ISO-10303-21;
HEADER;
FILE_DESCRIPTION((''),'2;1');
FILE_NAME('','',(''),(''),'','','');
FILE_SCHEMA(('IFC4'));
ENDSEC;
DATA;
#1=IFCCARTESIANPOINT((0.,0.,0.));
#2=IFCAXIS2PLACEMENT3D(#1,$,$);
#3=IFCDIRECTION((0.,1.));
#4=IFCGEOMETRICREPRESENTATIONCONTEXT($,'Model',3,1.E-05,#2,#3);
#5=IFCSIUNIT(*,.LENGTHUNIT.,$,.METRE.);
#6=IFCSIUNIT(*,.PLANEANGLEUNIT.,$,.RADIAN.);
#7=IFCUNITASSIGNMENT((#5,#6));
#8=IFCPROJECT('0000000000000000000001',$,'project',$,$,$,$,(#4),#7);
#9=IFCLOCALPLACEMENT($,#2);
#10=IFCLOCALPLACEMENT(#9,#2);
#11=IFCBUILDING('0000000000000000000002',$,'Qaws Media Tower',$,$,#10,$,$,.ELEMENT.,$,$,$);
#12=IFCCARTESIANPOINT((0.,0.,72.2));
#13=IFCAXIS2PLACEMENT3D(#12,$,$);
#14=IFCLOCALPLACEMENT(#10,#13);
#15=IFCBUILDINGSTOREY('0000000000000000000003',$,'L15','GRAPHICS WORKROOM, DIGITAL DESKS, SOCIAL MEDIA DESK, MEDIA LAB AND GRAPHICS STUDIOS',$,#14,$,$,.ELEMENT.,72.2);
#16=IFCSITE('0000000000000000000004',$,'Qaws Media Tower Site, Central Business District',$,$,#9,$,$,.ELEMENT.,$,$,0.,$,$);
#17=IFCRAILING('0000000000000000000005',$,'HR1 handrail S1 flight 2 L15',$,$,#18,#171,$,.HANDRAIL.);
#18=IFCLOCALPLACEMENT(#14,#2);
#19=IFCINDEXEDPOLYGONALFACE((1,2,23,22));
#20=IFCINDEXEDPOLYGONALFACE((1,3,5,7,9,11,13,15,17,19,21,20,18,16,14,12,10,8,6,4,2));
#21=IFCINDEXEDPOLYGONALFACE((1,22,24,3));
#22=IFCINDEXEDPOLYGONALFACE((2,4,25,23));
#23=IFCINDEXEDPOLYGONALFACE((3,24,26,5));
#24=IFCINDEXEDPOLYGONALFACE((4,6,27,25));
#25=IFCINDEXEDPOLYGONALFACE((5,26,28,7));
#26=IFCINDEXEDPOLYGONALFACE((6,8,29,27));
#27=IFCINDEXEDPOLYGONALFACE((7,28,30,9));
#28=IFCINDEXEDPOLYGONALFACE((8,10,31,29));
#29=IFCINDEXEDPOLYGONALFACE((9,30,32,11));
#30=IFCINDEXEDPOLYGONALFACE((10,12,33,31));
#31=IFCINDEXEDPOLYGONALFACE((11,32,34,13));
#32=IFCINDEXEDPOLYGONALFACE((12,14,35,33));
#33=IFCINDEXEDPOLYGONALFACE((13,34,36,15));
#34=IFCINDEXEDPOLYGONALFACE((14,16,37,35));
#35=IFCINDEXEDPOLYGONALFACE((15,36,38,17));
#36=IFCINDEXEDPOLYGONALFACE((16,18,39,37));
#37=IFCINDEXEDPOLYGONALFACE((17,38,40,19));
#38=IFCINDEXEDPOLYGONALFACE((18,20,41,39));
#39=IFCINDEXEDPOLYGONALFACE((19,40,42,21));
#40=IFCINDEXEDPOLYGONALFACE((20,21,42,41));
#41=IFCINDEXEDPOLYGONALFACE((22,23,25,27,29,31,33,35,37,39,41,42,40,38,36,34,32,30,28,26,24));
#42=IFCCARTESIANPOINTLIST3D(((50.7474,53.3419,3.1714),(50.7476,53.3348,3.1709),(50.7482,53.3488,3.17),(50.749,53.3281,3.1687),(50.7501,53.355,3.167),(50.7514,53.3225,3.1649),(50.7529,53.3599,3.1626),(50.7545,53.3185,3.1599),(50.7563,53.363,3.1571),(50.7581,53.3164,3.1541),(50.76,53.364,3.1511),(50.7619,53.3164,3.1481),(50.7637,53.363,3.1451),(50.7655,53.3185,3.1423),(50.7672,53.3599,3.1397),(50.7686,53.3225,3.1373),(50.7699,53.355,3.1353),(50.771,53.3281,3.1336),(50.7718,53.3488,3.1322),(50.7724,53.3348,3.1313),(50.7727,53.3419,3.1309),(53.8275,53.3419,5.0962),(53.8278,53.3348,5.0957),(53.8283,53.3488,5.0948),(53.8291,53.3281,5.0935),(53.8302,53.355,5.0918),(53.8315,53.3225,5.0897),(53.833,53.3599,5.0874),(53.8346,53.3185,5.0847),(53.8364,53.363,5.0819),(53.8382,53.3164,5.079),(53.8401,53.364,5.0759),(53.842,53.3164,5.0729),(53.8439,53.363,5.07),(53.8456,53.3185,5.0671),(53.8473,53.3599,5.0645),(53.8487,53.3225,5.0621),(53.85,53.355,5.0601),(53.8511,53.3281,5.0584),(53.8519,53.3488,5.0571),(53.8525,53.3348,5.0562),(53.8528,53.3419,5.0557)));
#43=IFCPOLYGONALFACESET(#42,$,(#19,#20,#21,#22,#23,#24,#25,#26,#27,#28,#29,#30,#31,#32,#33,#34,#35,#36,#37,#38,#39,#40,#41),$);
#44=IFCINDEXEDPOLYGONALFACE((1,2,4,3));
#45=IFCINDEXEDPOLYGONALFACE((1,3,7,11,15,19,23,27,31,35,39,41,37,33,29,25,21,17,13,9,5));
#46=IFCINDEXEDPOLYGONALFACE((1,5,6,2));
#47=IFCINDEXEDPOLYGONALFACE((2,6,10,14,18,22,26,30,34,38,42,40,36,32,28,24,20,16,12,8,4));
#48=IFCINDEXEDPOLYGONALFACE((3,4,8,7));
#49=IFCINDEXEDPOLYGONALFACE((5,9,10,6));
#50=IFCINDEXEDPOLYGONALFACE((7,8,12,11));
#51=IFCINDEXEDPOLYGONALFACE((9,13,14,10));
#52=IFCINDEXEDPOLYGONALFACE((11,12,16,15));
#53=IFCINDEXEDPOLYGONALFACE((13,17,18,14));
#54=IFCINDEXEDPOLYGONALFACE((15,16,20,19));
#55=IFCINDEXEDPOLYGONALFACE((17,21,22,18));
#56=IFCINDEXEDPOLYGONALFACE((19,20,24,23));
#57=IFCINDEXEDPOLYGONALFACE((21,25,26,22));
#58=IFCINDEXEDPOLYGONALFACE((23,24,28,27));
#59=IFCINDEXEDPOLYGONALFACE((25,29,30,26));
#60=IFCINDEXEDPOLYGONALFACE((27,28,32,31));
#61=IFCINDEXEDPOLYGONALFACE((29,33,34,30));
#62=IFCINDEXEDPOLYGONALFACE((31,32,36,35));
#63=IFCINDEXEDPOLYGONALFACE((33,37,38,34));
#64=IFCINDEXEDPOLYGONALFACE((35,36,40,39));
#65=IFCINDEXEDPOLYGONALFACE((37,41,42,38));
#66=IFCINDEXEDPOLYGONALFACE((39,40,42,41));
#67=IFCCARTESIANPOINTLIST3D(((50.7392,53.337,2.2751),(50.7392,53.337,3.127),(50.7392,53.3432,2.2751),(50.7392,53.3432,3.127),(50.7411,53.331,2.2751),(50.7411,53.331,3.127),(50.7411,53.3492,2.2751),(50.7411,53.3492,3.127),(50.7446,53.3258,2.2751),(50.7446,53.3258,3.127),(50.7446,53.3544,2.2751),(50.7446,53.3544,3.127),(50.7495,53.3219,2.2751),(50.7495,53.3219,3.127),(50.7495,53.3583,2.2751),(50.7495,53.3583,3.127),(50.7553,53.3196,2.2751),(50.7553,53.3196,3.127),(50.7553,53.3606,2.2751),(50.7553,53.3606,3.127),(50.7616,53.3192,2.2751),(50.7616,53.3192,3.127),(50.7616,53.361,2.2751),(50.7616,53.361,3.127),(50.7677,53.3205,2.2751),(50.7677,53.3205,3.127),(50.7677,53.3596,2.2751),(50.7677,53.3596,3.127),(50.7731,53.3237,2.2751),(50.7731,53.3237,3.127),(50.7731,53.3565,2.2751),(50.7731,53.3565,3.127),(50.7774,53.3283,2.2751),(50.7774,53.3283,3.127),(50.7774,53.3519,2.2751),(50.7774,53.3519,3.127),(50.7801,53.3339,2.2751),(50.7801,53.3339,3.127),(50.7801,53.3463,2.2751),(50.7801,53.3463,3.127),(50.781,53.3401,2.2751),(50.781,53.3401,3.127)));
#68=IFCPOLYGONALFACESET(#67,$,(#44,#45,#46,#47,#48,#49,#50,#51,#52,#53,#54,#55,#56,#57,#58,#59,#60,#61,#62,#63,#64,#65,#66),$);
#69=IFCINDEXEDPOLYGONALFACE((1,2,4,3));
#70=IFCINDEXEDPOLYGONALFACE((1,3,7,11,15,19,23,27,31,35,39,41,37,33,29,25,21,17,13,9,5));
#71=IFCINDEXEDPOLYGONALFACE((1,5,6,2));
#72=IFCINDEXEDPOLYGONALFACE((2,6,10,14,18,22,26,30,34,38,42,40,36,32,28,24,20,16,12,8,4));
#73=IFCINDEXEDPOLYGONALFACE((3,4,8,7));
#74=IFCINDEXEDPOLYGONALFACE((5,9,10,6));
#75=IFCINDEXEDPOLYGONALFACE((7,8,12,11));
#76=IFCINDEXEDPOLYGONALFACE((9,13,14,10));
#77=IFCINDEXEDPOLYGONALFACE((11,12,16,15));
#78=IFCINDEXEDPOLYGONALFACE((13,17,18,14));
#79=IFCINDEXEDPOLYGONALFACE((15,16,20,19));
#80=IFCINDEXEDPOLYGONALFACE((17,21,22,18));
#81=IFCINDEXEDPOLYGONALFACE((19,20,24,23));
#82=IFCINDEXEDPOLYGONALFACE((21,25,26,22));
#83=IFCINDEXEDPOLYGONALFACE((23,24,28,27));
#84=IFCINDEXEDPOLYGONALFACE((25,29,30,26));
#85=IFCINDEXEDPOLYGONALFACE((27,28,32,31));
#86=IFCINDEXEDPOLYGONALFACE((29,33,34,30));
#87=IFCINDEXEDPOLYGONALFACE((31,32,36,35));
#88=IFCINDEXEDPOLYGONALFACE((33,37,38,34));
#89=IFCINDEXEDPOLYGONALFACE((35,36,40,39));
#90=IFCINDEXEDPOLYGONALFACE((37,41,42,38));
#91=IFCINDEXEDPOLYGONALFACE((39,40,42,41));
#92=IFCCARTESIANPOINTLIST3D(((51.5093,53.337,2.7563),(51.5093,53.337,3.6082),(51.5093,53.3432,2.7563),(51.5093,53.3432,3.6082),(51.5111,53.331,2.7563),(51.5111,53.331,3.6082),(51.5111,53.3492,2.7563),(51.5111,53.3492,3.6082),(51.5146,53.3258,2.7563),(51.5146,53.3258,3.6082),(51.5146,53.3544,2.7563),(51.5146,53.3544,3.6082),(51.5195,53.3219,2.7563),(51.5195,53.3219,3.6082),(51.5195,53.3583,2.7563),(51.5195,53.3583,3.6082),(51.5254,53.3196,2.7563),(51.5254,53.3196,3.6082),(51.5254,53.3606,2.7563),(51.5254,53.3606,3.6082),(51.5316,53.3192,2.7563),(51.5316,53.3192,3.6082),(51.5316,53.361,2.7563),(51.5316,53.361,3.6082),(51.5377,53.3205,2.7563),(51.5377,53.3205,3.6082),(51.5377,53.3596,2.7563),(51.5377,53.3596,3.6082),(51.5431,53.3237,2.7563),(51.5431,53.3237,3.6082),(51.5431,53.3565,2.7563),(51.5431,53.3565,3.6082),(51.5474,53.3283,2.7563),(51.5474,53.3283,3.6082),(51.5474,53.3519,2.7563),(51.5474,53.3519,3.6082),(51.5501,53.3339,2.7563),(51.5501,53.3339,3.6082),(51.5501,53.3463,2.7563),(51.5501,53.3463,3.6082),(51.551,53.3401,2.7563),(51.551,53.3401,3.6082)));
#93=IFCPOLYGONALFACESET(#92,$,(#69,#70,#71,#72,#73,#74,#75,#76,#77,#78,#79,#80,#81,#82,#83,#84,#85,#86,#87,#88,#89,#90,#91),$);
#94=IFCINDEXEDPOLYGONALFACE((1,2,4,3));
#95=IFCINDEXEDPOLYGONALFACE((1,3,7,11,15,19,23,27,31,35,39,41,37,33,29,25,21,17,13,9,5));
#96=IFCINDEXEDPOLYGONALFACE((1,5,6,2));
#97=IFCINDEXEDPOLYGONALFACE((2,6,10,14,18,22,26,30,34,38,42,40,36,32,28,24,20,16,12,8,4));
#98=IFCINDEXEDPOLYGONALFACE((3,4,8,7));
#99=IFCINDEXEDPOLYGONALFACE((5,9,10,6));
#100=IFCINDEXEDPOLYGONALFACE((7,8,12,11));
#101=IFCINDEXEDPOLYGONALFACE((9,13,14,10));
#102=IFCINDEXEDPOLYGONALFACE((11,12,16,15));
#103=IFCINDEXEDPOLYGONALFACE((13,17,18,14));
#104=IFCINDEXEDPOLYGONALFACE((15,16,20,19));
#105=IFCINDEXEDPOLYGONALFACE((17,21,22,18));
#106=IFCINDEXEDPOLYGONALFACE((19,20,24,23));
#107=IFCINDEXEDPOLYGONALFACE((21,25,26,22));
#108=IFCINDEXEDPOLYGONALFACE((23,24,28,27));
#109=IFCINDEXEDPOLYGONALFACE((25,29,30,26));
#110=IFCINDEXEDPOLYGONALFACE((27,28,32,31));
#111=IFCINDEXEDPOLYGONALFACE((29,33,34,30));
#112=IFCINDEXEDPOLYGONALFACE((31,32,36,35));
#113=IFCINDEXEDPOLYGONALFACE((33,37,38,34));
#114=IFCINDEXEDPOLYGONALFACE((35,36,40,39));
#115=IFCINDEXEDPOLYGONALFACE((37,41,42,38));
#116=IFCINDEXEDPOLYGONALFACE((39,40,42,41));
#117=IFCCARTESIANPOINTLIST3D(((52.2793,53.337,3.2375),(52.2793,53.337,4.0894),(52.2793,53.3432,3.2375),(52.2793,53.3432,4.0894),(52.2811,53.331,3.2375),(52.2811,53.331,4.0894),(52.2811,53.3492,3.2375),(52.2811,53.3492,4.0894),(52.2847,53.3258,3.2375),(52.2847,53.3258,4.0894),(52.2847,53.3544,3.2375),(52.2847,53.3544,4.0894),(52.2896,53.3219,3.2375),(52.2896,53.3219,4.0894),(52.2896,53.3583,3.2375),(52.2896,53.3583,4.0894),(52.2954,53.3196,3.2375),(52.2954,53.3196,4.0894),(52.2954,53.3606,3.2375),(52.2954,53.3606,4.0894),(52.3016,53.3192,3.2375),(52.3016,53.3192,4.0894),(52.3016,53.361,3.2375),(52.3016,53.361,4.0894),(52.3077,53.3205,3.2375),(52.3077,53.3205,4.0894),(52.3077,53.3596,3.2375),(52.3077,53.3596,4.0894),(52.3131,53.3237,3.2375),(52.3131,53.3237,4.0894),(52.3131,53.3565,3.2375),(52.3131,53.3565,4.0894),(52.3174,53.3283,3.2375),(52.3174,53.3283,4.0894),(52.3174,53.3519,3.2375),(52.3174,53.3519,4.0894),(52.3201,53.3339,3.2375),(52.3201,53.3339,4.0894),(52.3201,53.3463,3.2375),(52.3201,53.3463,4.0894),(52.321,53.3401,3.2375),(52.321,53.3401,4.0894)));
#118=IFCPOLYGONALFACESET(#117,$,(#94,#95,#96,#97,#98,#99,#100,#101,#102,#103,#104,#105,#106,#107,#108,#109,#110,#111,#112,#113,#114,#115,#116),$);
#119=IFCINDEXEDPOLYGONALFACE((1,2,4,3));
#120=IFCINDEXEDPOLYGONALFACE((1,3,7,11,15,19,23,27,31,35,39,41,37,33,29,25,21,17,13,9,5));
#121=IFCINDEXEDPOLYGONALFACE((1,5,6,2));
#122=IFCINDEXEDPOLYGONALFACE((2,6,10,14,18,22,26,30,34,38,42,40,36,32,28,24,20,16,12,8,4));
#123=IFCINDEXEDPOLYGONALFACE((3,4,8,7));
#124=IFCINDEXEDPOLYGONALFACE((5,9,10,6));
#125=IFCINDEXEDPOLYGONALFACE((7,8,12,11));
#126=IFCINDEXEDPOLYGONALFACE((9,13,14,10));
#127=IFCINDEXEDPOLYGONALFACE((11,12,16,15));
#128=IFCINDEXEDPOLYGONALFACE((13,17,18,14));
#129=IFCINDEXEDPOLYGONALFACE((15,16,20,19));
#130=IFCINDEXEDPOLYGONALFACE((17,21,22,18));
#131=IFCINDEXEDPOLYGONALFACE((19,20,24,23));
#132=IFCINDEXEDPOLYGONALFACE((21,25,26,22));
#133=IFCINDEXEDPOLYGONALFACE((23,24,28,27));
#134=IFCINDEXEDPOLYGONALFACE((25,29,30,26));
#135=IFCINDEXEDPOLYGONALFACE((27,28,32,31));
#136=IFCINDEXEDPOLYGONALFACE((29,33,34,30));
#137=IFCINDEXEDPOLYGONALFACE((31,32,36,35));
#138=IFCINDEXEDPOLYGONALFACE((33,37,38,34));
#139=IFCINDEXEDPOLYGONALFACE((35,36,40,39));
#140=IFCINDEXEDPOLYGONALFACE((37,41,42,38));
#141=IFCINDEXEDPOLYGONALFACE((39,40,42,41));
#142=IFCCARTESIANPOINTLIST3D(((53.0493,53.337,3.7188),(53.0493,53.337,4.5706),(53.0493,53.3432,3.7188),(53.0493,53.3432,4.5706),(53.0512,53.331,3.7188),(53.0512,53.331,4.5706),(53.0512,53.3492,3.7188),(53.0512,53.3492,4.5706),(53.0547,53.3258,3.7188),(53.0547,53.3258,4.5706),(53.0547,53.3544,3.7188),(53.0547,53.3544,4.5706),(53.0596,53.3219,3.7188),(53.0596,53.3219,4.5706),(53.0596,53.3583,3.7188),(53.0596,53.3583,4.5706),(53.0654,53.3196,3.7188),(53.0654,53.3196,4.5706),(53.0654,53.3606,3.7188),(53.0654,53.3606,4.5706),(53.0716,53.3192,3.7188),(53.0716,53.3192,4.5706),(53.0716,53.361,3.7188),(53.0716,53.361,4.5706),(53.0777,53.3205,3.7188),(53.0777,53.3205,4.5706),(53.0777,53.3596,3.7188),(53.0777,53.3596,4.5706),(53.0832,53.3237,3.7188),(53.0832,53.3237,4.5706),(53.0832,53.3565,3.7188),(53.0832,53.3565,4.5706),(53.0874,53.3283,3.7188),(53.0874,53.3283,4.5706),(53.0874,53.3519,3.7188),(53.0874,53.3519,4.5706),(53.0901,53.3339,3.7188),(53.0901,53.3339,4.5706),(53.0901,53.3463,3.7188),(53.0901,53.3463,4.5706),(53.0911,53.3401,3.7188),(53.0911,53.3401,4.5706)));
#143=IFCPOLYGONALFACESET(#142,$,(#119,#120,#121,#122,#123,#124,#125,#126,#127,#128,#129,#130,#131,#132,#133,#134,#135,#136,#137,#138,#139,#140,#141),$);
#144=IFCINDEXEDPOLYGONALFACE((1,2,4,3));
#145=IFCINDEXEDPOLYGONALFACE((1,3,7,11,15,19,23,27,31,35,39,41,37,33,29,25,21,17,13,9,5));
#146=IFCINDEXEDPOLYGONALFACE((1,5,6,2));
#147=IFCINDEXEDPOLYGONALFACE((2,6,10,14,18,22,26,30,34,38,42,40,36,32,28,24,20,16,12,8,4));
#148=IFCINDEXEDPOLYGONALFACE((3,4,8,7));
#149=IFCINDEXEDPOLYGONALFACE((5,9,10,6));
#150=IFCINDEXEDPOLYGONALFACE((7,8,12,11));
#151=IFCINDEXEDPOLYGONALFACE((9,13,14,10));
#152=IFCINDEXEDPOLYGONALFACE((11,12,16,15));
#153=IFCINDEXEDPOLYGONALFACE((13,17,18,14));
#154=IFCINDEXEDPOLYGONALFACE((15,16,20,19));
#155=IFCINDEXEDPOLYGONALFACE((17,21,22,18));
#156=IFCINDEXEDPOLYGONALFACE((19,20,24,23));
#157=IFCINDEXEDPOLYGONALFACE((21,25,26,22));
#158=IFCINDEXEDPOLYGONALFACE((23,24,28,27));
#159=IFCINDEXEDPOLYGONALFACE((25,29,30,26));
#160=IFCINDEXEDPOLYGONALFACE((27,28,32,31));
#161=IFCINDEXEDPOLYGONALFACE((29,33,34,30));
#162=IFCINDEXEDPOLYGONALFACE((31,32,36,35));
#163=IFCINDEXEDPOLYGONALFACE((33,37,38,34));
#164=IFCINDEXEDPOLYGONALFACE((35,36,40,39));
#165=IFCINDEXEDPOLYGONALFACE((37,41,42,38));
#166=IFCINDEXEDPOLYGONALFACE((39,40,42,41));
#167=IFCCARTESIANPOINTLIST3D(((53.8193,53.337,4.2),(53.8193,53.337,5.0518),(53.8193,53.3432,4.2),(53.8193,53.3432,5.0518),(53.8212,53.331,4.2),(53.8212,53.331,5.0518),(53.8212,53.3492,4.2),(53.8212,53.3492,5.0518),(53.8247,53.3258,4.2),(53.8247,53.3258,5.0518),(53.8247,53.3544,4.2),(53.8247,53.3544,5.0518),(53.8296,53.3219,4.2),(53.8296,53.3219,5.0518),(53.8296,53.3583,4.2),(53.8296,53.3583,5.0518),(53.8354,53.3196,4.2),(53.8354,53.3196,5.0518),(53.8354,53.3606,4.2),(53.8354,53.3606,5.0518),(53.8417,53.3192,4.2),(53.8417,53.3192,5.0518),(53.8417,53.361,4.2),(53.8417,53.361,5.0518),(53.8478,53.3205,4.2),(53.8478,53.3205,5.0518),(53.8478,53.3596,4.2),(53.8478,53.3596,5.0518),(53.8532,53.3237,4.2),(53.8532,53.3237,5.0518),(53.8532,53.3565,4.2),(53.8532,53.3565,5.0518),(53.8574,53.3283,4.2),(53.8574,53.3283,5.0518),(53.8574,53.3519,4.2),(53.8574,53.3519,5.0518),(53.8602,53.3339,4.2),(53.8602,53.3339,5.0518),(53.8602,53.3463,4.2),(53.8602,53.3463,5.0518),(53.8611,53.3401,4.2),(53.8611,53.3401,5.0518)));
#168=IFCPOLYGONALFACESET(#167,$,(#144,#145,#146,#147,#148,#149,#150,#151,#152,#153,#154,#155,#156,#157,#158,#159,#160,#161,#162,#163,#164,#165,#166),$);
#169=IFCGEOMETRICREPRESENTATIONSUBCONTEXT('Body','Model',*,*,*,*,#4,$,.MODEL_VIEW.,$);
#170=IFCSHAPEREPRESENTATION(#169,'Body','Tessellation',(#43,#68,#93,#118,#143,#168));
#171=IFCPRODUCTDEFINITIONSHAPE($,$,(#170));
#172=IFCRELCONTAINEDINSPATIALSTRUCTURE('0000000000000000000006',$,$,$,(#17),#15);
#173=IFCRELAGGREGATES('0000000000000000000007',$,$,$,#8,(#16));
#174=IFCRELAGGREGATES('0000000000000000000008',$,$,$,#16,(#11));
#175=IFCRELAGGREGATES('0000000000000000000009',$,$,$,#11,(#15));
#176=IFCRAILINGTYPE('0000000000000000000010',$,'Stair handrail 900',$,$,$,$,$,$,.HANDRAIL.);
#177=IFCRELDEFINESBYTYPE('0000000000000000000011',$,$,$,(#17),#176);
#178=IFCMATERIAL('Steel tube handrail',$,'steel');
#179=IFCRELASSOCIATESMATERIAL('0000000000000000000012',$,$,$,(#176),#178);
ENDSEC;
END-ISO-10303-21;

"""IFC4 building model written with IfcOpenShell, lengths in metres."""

from ifc_helpers import new_model, si_unit, direction, frame, origin, origin_2d, place, context, subcontext, project, spatial, circle, extrude, material, type_object, element, save


model = new_model("IFC4")

# Units and contexts
model_context = context("Model", 3, precision=1e-05, world=origin(), true_north=direction((0.0, 1.0)))
body_context = subcontext(model_context, "Body", "Model", "MODEL_VIEW")
ifc_project = project(units=[si_unit("LENGTHUNIT", "METRE"), si_unit("PLANEANGLEUNIT", "RADIAN")], contexts=[model_context])

# Site, building, storey
site_placement = place(None, origin())
site = spatial("IfcSite", under=ifc_project, at=site_placement, Name="Qaws Media Tower Site, Central Business District", CompositionType="ELEMENT", RefElevation=0.0)
building_placement = place(site_placement, origin())
building = spatial("IfcBuilding", under=site, at=building_placement, Name="Qaws Media Tower", CompositionType="ELEMENT")
storey_placement = place(building_placement, frame((0.0, 0.0, 72.2)))
storey = spatial("IfcBuildingStorey", under=building, at=storey_placement, Name="L15", Description="GRAPHICS WORKROOM, DIGITAL DESKS, SOCIAL MEDIA DESK, MEDIA LAB AND GRAPHICS STUDIOS", CompositionType="ELEMENT", Elevation=72.2)

# Railing
ifc_material_1 = material(Name="Steel tube handrail", Category="steel")
railing_type = type_object("IfcRailingType", Name="Stair handrail 900", PredefinedType="HANDRAIL", material=ifc_material_1)
for number, where, name in (
    (1, (50.76, 53.3401, 2.2751), "HR1 handrail S1 flight 2 L15"),
):
    element("IfcRailing", number, at=place(storey_placement, frame(where)), inside=storey, type_object=railing_type, Name=name, PredefinedType="HANDRAIL", context=body_context, shape_type="SweptSolid", body=[
        extrude(circle(Radius=0.0239, at=origin_2d()), frame((0.0, 0.0, 0.876), z_axis=(0.848029, 0.0, 0.529951), x_axis=(0.0, 1.0, 0.0)), (0.0, 0.0, 1.0), 3.6321),
        extrude(circle(Radius=0.021, at=origin_2d()), origin(), (0.0, 0.0, 1.0), 0.8518),
        extrude(circle(Radius=0.021, at=origin_2d()), frame((0.77, 0.0, 0.4812)), (0.0, 0.0, 1.0), 0.8518),
        extrude(circle(Radius=0.021, at=origin_2d()), frame((1.54, 0.0, 0.9624)), (0.0, 0.0, 1.0), 0.8518),
        extrude(circle(Radius=0.021, at=origin_2d()), frame((2.3101, 0.0, 1.4436)), (0.0, 0.0, 1.0), 0.8518),
        extrude(circle(Radius=0.021, at=origin_2d()), frame((3.0801, 0.0, 1.9248)), (0.0, 0.0, 1.0), 0.8518),
    ])

save(model, "model.ifc")
